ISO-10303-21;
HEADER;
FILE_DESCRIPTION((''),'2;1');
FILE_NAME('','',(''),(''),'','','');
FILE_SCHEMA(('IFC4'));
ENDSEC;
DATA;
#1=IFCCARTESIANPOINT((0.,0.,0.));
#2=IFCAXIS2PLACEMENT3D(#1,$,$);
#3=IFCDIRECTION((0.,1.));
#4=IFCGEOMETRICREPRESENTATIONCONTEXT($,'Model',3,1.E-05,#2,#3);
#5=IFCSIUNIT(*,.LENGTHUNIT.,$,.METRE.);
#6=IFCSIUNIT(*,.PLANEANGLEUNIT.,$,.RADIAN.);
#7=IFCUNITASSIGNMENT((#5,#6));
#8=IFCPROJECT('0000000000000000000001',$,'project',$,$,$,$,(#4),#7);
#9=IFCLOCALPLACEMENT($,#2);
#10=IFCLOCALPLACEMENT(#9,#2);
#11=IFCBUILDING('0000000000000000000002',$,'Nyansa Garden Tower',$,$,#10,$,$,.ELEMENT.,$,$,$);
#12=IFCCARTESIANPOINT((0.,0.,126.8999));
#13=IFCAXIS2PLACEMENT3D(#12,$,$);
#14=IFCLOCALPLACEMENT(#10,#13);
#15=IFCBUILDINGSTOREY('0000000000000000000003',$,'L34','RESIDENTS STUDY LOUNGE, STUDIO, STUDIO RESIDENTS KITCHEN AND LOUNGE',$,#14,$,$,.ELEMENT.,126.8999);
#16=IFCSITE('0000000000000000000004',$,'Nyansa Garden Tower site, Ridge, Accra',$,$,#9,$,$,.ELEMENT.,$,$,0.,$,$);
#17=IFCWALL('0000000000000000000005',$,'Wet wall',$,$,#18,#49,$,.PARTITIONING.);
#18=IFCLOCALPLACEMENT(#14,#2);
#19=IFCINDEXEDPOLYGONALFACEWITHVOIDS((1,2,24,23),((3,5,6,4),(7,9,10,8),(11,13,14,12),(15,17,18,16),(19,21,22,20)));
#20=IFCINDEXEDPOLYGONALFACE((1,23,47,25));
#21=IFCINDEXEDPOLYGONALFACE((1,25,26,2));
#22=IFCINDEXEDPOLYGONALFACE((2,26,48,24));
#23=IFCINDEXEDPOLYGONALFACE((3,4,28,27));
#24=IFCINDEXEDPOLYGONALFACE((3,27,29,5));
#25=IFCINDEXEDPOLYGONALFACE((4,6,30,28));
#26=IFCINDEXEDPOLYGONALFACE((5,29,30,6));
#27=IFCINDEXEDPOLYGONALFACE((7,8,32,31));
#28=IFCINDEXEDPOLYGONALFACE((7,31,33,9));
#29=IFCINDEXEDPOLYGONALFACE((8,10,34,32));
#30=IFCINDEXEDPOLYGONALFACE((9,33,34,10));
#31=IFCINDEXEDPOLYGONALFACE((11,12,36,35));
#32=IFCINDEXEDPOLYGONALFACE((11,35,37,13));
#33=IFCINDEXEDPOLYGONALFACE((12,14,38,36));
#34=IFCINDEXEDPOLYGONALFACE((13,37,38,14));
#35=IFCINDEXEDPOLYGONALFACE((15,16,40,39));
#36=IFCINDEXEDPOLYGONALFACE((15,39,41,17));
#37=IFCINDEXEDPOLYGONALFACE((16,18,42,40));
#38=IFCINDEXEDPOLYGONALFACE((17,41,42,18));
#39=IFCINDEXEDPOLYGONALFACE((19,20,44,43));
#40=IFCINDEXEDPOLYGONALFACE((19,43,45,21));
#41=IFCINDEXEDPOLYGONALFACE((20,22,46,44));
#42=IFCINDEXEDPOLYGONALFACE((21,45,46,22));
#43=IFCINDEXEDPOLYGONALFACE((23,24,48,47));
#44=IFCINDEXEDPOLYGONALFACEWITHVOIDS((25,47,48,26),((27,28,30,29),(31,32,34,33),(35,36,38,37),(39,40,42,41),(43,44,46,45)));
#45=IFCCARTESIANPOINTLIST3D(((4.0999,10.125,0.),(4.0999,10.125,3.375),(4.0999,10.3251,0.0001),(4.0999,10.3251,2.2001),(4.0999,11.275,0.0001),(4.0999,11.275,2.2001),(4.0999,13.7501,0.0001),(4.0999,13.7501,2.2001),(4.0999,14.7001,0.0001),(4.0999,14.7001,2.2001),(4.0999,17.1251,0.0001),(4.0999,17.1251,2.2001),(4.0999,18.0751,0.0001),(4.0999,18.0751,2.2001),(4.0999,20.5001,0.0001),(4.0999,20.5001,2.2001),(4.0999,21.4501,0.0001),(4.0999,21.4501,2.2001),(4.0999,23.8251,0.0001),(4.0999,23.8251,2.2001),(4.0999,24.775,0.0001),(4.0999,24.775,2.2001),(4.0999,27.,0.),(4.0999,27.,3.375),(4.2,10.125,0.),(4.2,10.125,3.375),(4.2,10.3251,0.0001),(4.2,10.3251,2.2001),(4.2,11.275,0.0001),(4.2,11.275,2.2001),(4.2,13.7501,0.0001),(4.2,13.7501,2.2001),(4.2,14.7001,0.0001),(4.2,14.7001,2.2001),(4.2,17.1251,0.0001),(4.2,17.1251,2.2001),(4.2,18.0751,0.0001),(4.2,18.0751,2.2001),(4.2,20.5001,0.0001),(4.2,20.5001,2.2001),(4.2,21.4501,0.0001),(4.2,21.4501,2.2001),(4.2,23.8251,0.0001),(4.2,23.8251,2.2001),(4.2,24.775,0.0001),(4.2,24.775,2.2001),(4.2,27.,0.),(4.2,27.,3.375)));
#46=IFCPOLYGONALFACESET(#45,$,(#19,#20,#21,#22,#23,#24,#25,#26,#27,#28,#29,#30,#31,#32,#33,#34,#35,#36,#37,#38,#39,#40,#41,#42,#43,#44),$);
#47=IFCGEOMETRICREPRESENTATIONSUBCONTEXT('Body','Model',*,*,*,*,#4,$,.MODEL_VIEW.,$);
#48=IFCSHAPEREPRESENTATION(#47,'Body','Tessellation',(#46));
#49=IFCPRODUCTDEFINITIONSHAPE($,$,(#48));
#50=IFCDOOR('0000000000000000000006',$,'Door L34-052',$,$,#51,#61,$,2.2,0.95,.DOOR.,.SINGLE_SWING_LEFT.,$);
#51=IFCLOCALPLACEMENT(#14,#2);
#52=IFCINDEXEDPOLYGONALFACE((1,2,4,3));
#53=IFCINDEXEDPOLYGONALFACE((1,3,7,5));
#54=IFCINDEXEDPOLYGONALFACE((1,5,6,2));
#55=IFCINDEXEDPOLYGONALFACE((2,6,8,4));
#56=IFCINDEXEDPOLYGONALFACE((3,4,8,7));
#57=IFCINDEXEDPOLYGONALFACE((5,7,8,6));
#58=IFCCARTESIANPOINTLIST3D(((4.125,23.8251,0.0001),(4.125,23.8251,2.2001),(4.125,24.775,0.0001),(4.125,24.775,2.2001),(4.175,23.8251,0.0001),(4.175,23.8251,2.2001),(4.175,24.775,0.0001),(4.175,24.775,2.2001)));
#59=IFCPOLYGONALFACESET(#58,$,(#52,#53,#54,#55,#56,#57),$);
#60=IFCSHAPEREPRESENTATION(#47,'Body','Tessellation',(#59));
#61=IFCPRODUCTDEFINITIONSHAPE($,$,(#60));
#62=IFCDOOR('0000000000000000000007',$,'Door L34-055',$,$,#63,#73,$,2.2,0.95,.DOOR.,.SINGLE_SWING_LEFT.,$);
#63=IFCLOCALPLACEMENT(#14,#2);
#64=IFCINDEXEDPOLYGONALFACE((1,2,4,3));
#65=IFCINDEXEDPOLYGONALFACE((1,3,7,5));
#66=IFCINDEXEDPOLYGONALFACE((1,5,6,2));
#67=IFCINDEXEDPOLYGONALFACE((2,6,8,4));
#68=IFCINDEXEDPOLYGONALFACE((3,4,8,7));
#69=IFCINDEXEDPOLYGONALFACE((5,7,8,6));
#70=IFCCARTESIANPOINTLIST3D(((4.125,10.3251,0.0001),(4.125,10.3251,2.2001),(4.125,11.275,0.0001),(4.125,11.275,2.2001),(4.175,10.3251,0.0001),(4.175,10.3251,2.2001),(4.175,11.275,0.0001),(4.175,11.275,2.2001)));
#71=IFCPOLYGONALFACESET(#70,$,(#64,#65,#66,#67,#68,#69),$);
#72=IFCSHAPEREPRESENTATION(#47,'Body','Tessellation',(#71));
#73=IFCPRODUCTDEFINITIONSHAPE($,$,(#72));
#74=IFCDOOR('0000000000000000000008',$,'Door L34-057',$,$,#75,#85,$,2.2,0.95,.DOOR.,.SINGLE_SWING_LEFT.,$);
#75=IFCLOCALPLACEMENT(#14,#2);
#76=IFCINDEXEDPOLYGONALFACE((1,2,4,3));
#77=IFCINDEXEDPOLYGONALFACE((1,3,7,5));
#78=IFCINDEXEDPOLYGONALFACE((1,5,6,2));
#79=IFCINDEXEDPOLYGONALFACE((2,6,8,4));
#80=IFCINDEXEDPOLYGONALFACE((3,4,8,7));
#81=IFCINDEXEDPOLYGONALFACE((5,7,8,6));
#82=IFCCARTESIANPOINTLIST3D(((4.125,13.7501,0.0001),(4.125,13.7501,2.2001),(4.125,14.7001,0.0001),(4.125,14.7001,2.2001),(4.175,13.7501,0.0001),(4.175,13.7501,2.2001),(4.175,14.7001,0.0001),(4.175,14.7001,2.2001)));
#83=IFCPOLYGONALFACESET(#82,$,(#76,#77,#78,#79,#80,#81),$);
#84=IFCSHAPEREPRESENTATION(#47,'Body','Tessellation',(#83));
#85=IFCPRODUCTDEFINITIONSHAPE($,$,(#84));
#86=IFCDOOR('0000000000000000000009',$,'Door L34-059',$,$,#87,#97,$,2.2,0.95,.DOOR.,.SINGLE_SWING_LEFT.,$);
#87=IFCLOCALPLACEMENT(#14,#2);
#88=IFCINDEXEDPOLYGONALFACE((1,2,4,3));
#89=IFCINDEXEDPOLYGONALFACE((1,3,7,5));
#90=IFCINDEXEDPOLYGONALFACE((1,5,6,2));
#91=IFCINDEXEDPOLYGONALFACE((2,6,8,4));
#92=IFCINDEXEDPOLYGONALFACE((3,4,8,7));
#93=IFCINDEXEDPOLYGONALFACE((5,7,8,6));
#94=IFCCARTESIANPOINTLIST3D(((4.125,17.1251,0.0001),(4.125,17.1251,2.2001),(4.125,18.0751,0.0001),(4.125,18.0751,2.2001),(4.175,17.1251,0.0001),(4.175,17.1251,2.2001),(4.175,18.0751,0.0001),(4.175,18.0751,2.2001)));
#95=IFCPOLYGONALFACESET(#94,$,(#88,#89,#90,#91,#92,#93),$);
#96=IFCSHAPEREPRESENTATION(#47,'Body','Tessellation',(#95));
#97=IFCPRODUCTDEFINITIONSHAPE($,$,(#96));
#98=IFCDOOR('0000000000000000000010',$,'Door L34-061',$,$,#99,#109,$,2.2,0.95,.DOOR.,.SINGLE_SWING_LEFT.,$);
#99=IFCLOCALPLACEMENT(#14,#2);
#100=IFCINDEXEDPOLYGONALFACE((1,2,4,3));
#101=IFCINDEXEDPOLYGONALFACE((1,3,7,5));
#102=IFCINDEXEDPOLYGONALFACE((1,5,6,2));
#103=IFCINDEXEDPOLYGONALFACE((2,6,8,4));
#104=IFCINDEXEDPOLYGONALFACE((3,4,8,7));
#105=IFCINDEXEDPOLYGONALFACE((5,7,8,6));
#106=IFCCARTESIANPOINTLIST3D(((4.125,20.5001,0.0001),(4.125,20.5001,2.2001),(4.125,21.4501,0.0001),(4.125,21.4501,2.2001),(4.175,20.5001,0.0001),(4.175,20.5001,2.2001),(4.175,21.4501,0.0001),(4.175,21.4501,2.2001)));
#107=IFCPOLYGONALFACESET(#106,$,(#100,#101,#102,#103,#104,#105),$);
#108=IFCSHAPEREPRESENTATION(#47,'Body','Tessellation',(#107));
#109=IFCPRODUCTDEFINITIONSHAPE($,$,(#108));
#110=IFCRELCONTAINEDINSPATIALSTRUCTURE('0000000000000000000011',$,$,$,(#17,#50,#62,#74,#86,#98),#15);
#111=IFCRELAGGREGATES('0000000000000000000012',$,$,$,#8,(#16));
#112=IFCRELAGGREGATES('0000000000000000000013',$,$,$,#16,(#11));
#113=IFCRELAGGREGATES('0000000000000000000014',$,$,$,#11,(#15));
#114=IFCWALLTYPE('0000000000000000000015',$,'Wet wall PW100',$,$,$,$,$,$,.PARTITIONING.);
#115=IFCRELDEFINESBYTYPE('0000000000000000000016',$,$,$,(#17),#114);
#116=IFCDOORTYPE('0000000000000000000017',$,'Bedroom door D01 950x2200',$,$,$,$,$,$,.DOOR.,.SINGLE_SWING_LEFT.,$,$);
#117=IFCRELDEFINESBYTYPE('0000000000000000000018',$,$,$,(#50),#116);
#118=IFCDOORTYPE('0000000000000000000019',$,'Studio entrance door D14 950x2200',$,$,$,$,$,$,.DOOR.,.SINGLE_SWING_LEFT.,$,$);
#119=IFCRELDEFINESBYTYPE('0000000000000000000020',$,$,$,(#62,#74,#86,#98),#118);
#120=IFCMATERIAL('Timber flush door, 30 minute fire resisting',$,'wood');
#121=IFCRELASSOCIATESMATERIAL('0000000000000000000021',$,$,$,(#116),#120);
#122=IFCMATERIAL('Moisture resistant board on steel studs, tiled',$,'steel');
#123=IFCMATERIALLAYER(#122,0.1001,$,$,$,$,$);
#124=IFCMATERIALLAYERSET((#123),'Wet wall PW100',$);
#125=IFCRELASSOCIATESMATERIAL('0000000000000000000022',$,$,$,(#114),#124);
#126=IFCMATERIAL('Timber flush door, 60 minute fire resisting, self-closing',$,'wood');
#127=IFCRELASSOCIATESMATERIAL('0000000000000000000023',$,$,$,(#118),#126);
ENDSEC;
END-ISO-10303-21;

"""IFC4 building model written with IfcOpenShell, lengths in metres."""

from ifc_helpers import new_model, si_unit, direction, frame, frame_2d, origin, place, context, subcontext, project, spatial, rectangle, extrude, material, layer, layer_set, type_object, element, fill, save


model = new_model("IFC4")

# Units and contexts
model_context = context("Model", 3, precision=1e-05, world=origin(), true_north=direction((0.0, 1.0)))
body_context = subcontext(model_context, "Body", "Model", "MODEL_VIEW")
ifc_project = project(units=[si_unit("LENGTHUNIT", "METRE"), si_unit("PLANEANGLEUNIT", "RADIAN")], contexts=[model_context])

# Site, building, storey
site_placement = place(None, origin())
site = spatial("IfcSite", under=ifc_project, at=site_placement, Name="Nyansa Garden Tower site, Ridge, Accra", CompositionType="ELEMENT", RefElevation=0.0)
building_placement = place(site_placement, origin())
building = spatial("IfcBuilding", under=site, at=building_placement, Name="Nyansa Garden Tower", CompositionType="ELEMENT")
storey_placement = place(building_placement, frame((0.0, 0.0, 126.8999)))
storey = spatial("IfcBuildingStorey", under=building, at=storey_placement, Name="L34", Description="RESIDENTS STUDY LOUNGE, STUDIO, STUDIO RESIDENTS KITCHEN AND LOUNGE", CompositionType="ELEMENT", Elevation=126.8999)

# Shared definitions
ifc_material_1 = material(Name="Timber flush door, 30 minute fire resisting", Category="wood")
door_type_1 = type_object("IfcDoorType", Name="Bedroom door D01 950x2200", OperationType="SINGLE_SWING_LEFT", PredefinedType="DOOR", material=ifc_material_1)

# Shared definitions
ifc_material_2 = material(Name="Moisture resistant board on steel studs, tiled", Category="steel")
ifc_layer_1 = layer(ifc_material_2, 0.1001)
ifc_layer_set_1 = layer_set([ifc_layer_1], Name="Wet wall PW100")
wall_type_1 = type_object("IfcWallType", Name="Wet wall PW100", PredefinedType="PARTITIONING", material=ifc_layer_set_1)

# Wall, openings, doors
wall_1_placement = place(storey_placement, frame((4.1499, 10.125, 0.0), z_axis=(0.0, 0.0, 1.0), x_axis=(0.0, 1.0, 0.0)))
wall_1 = element("IfcWall", 1, at=wall_1_placement, inside=storey, type_object=wall_type_1, Name="Wet wall", PredefinedType="PARTITIONING", context=body_context, shape_type="SweptSolid", body=[
    extrude(rectangle(XDim=16.875, YDim=0.1001, at=frame_2d((8.4375, 0.0))), origin(), (0.0, 0.0, 1.0), 3.375),
])
opening_1_placement = place(wall_1_placement, frame((13.7, 0.0, 0.0)))
opening_1 = element("IfcOpeningElement", 2, at=opening_1_placement, cuts=wall_1, PredefinedType="OPENING", context=body_context, shape_type="SweptSolid", body=[
    extrude(rectangle(XDim=0.95, YDim=2.2, at=frame_2d((0.4751, 1.1001))), frame((0.0, 0.0601, 0.0), z_axis=(0.0, -1.0, 0.0), x_axis=(1.0, 0.0, 0.0)), (0.0, 0.0, 1.0), 0.1201),
])
opening_2_placement = place(wall_1_placement, frame((0.2, 0.0, 0.0)))
opening_2 = element("IfcOpeningElement", 3, at=opening_2_placement, cuts=wall_1, PredefinedType="OPENING", context=body_context, shape_type="SweptSolid", body=[
    extrude(rectangle(XDim=0.95, YDim=2.2, at=frame_2d((0.4751, 1.1001))), frame((0.0, 0.0601, 0.0), z_axis=(0.0, -1.0, 0.0), x_axis=(1.0, 0.0, 0.0)), (0.0, 0.0, 1.0), 0.1201),
])
opening_3_placement = place(wall_1_placement, frame((3.625, 0.0, 0.0)))
opening_3 = element("IfcOpeningElement", 4, at=opening_3_placement, cuts=wall_1, PredefinedType="OPENING", context=body_context, shape_type="SweptSolid", body=[
    extrude(rectangle(XDim=0.95, YDim=2.2, at=frame_2d((0.4751, 1.1001))), frame((0.0, 0.0601, 0.0), z_axis=(0.0, -1.0, 0.0), x_axis=(1.0, 0.0, 0.0)), (0.0, 0.0, 1.0), 0.1201),
])
opening_4_placement = place(wall_1_placement, frame((7.0, 0.0, 0.0)))
opening_4 = element("IfcOpeningElement", 5, at=opening_4_placement, cuts=wall_1, PredefinedType="OPENING", context=body_context, shape_type="SweptSolid", body=[
    extrude(rectangle(XDim=0.95, YDim=2.2, at=frame_2d((0.4751, 1.1001))), frame((0.0, 0.0601, 0.0), z_axis=(0.0, -1.0, 0.0), x_axis=(1.0, 0.0, 0.0)), (0.0, 0.0, 1.0), 0.1201),
])
opening_5_placement = place(wall_1_placement, frame((10.375, 0.0, 0.0)))
opening_5 = element("IfcOpeningElement", 6, at=opening_5_placement, cuts=wall_1, PredefinedType="OPENING", context=body_context, shape_type="SweptSolid", body=[
    extrude(rectangle(XDim=0.95, YDim=2.2, at=frame_2d((0.4751, 1.1001))), frame((0.0, 0.0601, 0.0), z_axis=(0.0, -1.0, 0.0), x_axis=(1.0, 0.0, 0.0)), (0.0, 0.0, 1.0), 0.1201),
])
door_1_placement = place(opening_1_placement, origin())
door_1 = element("IfcDoor", 7, at=door_1_placement, inside=storey, type_object=door_type_1, Name="Door L34-052", OperationType="SINGLE_SWING_LEFT", OverallHeight=2.2, OverallWidth=0.95, PredefinedType="DOOR", context=body_context, shape_type="SweptSolid", body=[
    extrude(rectangle(XDim=0.95, YDim=2.2, at=frame_2d((0.4751, 1.1001))), frame((0.0, 0.0249, 0.0), z_axis=(0.0, -1.0, 0.0), x_axis=(1.0, 0.0, 0.0)), (0.0, 0.0, 1.0), 0.05),
])
fill(opening_1, door_1)
ifc_material_3 = material(Name="Timber flush door, 60 minute fire resisting, self-closing", Category="wood")
door_type_2 = type_object("IfcDoorType", Name="Studio entrance door D14 950x2200", OperationType="SINGLE_SWING_LEFT", PredefinedType="DOOR", material=ifc_material_3)
door_2_placement = place(opening_2_placement, origin())
door_2 = element("IfcDoor", 8, at=door_2_placement, inside=storey, type_object=door_type_2, Name="Door L34-055", OperationType="SINGLE_SWING_LEFT", OverallHeight=2.2, OverallWidth=0.95, PredefinedType="DOOR", context=body_context, shape_type="SweptSolid", body=[
    extrude(rectangle(XDim=0.95, YDim=2.2, at=frame_2d((0.4751, 1.1001))), frame((0.0, 0.0249, 0.0), z_axis=(0.0, -1.0, 0.0), x_axis=(1.0, 0.0, 0.0)), (0.0, 0.0, 1.0), 0.05),
])
fill(opening_2, door_2)
door_3_placement = place(opening_3_placement, origin())
door_3 = element("IfcDoor", 9, at=door_3_placement, inside=storey, type_object=door_type_2, Name="Door L34-057", OperationType="SINGLE_SWING_LEFT", OverallHeight=2.2, OverallWidth=0.95, PredefinedType="DOOR", context=body_context, shape_type="SweptSolid", body=[
    extrude(rectangle(XDim=0.95, YDim=2.2, at=frame_2d((0.4751, 1.1001))), frame((0.0, 0.0249, 0.0), z_axis=(0.0, -1.0, 0.0), x_axis=(1.0, 0.0, 0.0)), (0.0, 0.0, 1.0), 0.05),
])
fill(opening_3, door_3)
door_4_placement = place(opening_4_placement, origin())
door_4 = element("IfcDoor", 10, at=door_4_placement, inside=storey, type_object=door_type_2, Name="Door L34-059", OperationType="SINGLE_SWING_LEFT", OverallHeight=2.2, OverallWidth=0.95, PredefinedType="DOOR", context=body_context, shape_type="SweptSolid", body=[
    extrude(rectangle(XDim=0.95, YDim=2.2, at=frame_2d((0.4751, 1.1001))), frame((0.0, 0.0249, 0.0), z_axis=(0.0, -1.0, 0.0), x_axis=(1.0, 0.0, 0.0)), (0.0, 0.0, 1.0), 0.05),
])
fill(opening_4, door_4)
door_5_placement = place(opening_5_placement, origin())
door_5 = element("IfcDoor", 11, at=door_5_placement, inside=storey, type_object=door_type_2, Name="Door L34-061", OperationType="SINGLE_SWING_LEFT", OverallHeight=2.2, OverallWidth=0.95, PredefinedType="DOOR", context=body_context, shape_type="SweptSolid", body=[
    extrude(rectangle(XDim=0.95, YDim=2.2, at=frame_2d((0.4751, 1.1001))), frame((0.0, 0.0249, 0.0), z_axis=(0.0, -1.0, 0.0), x_axis=(1.0, 0.0, 0.0)), (0.0, 0.0, 1.0), 0.05),
])
fill(opening_5, door_5)

save(model, "model.ifc")
